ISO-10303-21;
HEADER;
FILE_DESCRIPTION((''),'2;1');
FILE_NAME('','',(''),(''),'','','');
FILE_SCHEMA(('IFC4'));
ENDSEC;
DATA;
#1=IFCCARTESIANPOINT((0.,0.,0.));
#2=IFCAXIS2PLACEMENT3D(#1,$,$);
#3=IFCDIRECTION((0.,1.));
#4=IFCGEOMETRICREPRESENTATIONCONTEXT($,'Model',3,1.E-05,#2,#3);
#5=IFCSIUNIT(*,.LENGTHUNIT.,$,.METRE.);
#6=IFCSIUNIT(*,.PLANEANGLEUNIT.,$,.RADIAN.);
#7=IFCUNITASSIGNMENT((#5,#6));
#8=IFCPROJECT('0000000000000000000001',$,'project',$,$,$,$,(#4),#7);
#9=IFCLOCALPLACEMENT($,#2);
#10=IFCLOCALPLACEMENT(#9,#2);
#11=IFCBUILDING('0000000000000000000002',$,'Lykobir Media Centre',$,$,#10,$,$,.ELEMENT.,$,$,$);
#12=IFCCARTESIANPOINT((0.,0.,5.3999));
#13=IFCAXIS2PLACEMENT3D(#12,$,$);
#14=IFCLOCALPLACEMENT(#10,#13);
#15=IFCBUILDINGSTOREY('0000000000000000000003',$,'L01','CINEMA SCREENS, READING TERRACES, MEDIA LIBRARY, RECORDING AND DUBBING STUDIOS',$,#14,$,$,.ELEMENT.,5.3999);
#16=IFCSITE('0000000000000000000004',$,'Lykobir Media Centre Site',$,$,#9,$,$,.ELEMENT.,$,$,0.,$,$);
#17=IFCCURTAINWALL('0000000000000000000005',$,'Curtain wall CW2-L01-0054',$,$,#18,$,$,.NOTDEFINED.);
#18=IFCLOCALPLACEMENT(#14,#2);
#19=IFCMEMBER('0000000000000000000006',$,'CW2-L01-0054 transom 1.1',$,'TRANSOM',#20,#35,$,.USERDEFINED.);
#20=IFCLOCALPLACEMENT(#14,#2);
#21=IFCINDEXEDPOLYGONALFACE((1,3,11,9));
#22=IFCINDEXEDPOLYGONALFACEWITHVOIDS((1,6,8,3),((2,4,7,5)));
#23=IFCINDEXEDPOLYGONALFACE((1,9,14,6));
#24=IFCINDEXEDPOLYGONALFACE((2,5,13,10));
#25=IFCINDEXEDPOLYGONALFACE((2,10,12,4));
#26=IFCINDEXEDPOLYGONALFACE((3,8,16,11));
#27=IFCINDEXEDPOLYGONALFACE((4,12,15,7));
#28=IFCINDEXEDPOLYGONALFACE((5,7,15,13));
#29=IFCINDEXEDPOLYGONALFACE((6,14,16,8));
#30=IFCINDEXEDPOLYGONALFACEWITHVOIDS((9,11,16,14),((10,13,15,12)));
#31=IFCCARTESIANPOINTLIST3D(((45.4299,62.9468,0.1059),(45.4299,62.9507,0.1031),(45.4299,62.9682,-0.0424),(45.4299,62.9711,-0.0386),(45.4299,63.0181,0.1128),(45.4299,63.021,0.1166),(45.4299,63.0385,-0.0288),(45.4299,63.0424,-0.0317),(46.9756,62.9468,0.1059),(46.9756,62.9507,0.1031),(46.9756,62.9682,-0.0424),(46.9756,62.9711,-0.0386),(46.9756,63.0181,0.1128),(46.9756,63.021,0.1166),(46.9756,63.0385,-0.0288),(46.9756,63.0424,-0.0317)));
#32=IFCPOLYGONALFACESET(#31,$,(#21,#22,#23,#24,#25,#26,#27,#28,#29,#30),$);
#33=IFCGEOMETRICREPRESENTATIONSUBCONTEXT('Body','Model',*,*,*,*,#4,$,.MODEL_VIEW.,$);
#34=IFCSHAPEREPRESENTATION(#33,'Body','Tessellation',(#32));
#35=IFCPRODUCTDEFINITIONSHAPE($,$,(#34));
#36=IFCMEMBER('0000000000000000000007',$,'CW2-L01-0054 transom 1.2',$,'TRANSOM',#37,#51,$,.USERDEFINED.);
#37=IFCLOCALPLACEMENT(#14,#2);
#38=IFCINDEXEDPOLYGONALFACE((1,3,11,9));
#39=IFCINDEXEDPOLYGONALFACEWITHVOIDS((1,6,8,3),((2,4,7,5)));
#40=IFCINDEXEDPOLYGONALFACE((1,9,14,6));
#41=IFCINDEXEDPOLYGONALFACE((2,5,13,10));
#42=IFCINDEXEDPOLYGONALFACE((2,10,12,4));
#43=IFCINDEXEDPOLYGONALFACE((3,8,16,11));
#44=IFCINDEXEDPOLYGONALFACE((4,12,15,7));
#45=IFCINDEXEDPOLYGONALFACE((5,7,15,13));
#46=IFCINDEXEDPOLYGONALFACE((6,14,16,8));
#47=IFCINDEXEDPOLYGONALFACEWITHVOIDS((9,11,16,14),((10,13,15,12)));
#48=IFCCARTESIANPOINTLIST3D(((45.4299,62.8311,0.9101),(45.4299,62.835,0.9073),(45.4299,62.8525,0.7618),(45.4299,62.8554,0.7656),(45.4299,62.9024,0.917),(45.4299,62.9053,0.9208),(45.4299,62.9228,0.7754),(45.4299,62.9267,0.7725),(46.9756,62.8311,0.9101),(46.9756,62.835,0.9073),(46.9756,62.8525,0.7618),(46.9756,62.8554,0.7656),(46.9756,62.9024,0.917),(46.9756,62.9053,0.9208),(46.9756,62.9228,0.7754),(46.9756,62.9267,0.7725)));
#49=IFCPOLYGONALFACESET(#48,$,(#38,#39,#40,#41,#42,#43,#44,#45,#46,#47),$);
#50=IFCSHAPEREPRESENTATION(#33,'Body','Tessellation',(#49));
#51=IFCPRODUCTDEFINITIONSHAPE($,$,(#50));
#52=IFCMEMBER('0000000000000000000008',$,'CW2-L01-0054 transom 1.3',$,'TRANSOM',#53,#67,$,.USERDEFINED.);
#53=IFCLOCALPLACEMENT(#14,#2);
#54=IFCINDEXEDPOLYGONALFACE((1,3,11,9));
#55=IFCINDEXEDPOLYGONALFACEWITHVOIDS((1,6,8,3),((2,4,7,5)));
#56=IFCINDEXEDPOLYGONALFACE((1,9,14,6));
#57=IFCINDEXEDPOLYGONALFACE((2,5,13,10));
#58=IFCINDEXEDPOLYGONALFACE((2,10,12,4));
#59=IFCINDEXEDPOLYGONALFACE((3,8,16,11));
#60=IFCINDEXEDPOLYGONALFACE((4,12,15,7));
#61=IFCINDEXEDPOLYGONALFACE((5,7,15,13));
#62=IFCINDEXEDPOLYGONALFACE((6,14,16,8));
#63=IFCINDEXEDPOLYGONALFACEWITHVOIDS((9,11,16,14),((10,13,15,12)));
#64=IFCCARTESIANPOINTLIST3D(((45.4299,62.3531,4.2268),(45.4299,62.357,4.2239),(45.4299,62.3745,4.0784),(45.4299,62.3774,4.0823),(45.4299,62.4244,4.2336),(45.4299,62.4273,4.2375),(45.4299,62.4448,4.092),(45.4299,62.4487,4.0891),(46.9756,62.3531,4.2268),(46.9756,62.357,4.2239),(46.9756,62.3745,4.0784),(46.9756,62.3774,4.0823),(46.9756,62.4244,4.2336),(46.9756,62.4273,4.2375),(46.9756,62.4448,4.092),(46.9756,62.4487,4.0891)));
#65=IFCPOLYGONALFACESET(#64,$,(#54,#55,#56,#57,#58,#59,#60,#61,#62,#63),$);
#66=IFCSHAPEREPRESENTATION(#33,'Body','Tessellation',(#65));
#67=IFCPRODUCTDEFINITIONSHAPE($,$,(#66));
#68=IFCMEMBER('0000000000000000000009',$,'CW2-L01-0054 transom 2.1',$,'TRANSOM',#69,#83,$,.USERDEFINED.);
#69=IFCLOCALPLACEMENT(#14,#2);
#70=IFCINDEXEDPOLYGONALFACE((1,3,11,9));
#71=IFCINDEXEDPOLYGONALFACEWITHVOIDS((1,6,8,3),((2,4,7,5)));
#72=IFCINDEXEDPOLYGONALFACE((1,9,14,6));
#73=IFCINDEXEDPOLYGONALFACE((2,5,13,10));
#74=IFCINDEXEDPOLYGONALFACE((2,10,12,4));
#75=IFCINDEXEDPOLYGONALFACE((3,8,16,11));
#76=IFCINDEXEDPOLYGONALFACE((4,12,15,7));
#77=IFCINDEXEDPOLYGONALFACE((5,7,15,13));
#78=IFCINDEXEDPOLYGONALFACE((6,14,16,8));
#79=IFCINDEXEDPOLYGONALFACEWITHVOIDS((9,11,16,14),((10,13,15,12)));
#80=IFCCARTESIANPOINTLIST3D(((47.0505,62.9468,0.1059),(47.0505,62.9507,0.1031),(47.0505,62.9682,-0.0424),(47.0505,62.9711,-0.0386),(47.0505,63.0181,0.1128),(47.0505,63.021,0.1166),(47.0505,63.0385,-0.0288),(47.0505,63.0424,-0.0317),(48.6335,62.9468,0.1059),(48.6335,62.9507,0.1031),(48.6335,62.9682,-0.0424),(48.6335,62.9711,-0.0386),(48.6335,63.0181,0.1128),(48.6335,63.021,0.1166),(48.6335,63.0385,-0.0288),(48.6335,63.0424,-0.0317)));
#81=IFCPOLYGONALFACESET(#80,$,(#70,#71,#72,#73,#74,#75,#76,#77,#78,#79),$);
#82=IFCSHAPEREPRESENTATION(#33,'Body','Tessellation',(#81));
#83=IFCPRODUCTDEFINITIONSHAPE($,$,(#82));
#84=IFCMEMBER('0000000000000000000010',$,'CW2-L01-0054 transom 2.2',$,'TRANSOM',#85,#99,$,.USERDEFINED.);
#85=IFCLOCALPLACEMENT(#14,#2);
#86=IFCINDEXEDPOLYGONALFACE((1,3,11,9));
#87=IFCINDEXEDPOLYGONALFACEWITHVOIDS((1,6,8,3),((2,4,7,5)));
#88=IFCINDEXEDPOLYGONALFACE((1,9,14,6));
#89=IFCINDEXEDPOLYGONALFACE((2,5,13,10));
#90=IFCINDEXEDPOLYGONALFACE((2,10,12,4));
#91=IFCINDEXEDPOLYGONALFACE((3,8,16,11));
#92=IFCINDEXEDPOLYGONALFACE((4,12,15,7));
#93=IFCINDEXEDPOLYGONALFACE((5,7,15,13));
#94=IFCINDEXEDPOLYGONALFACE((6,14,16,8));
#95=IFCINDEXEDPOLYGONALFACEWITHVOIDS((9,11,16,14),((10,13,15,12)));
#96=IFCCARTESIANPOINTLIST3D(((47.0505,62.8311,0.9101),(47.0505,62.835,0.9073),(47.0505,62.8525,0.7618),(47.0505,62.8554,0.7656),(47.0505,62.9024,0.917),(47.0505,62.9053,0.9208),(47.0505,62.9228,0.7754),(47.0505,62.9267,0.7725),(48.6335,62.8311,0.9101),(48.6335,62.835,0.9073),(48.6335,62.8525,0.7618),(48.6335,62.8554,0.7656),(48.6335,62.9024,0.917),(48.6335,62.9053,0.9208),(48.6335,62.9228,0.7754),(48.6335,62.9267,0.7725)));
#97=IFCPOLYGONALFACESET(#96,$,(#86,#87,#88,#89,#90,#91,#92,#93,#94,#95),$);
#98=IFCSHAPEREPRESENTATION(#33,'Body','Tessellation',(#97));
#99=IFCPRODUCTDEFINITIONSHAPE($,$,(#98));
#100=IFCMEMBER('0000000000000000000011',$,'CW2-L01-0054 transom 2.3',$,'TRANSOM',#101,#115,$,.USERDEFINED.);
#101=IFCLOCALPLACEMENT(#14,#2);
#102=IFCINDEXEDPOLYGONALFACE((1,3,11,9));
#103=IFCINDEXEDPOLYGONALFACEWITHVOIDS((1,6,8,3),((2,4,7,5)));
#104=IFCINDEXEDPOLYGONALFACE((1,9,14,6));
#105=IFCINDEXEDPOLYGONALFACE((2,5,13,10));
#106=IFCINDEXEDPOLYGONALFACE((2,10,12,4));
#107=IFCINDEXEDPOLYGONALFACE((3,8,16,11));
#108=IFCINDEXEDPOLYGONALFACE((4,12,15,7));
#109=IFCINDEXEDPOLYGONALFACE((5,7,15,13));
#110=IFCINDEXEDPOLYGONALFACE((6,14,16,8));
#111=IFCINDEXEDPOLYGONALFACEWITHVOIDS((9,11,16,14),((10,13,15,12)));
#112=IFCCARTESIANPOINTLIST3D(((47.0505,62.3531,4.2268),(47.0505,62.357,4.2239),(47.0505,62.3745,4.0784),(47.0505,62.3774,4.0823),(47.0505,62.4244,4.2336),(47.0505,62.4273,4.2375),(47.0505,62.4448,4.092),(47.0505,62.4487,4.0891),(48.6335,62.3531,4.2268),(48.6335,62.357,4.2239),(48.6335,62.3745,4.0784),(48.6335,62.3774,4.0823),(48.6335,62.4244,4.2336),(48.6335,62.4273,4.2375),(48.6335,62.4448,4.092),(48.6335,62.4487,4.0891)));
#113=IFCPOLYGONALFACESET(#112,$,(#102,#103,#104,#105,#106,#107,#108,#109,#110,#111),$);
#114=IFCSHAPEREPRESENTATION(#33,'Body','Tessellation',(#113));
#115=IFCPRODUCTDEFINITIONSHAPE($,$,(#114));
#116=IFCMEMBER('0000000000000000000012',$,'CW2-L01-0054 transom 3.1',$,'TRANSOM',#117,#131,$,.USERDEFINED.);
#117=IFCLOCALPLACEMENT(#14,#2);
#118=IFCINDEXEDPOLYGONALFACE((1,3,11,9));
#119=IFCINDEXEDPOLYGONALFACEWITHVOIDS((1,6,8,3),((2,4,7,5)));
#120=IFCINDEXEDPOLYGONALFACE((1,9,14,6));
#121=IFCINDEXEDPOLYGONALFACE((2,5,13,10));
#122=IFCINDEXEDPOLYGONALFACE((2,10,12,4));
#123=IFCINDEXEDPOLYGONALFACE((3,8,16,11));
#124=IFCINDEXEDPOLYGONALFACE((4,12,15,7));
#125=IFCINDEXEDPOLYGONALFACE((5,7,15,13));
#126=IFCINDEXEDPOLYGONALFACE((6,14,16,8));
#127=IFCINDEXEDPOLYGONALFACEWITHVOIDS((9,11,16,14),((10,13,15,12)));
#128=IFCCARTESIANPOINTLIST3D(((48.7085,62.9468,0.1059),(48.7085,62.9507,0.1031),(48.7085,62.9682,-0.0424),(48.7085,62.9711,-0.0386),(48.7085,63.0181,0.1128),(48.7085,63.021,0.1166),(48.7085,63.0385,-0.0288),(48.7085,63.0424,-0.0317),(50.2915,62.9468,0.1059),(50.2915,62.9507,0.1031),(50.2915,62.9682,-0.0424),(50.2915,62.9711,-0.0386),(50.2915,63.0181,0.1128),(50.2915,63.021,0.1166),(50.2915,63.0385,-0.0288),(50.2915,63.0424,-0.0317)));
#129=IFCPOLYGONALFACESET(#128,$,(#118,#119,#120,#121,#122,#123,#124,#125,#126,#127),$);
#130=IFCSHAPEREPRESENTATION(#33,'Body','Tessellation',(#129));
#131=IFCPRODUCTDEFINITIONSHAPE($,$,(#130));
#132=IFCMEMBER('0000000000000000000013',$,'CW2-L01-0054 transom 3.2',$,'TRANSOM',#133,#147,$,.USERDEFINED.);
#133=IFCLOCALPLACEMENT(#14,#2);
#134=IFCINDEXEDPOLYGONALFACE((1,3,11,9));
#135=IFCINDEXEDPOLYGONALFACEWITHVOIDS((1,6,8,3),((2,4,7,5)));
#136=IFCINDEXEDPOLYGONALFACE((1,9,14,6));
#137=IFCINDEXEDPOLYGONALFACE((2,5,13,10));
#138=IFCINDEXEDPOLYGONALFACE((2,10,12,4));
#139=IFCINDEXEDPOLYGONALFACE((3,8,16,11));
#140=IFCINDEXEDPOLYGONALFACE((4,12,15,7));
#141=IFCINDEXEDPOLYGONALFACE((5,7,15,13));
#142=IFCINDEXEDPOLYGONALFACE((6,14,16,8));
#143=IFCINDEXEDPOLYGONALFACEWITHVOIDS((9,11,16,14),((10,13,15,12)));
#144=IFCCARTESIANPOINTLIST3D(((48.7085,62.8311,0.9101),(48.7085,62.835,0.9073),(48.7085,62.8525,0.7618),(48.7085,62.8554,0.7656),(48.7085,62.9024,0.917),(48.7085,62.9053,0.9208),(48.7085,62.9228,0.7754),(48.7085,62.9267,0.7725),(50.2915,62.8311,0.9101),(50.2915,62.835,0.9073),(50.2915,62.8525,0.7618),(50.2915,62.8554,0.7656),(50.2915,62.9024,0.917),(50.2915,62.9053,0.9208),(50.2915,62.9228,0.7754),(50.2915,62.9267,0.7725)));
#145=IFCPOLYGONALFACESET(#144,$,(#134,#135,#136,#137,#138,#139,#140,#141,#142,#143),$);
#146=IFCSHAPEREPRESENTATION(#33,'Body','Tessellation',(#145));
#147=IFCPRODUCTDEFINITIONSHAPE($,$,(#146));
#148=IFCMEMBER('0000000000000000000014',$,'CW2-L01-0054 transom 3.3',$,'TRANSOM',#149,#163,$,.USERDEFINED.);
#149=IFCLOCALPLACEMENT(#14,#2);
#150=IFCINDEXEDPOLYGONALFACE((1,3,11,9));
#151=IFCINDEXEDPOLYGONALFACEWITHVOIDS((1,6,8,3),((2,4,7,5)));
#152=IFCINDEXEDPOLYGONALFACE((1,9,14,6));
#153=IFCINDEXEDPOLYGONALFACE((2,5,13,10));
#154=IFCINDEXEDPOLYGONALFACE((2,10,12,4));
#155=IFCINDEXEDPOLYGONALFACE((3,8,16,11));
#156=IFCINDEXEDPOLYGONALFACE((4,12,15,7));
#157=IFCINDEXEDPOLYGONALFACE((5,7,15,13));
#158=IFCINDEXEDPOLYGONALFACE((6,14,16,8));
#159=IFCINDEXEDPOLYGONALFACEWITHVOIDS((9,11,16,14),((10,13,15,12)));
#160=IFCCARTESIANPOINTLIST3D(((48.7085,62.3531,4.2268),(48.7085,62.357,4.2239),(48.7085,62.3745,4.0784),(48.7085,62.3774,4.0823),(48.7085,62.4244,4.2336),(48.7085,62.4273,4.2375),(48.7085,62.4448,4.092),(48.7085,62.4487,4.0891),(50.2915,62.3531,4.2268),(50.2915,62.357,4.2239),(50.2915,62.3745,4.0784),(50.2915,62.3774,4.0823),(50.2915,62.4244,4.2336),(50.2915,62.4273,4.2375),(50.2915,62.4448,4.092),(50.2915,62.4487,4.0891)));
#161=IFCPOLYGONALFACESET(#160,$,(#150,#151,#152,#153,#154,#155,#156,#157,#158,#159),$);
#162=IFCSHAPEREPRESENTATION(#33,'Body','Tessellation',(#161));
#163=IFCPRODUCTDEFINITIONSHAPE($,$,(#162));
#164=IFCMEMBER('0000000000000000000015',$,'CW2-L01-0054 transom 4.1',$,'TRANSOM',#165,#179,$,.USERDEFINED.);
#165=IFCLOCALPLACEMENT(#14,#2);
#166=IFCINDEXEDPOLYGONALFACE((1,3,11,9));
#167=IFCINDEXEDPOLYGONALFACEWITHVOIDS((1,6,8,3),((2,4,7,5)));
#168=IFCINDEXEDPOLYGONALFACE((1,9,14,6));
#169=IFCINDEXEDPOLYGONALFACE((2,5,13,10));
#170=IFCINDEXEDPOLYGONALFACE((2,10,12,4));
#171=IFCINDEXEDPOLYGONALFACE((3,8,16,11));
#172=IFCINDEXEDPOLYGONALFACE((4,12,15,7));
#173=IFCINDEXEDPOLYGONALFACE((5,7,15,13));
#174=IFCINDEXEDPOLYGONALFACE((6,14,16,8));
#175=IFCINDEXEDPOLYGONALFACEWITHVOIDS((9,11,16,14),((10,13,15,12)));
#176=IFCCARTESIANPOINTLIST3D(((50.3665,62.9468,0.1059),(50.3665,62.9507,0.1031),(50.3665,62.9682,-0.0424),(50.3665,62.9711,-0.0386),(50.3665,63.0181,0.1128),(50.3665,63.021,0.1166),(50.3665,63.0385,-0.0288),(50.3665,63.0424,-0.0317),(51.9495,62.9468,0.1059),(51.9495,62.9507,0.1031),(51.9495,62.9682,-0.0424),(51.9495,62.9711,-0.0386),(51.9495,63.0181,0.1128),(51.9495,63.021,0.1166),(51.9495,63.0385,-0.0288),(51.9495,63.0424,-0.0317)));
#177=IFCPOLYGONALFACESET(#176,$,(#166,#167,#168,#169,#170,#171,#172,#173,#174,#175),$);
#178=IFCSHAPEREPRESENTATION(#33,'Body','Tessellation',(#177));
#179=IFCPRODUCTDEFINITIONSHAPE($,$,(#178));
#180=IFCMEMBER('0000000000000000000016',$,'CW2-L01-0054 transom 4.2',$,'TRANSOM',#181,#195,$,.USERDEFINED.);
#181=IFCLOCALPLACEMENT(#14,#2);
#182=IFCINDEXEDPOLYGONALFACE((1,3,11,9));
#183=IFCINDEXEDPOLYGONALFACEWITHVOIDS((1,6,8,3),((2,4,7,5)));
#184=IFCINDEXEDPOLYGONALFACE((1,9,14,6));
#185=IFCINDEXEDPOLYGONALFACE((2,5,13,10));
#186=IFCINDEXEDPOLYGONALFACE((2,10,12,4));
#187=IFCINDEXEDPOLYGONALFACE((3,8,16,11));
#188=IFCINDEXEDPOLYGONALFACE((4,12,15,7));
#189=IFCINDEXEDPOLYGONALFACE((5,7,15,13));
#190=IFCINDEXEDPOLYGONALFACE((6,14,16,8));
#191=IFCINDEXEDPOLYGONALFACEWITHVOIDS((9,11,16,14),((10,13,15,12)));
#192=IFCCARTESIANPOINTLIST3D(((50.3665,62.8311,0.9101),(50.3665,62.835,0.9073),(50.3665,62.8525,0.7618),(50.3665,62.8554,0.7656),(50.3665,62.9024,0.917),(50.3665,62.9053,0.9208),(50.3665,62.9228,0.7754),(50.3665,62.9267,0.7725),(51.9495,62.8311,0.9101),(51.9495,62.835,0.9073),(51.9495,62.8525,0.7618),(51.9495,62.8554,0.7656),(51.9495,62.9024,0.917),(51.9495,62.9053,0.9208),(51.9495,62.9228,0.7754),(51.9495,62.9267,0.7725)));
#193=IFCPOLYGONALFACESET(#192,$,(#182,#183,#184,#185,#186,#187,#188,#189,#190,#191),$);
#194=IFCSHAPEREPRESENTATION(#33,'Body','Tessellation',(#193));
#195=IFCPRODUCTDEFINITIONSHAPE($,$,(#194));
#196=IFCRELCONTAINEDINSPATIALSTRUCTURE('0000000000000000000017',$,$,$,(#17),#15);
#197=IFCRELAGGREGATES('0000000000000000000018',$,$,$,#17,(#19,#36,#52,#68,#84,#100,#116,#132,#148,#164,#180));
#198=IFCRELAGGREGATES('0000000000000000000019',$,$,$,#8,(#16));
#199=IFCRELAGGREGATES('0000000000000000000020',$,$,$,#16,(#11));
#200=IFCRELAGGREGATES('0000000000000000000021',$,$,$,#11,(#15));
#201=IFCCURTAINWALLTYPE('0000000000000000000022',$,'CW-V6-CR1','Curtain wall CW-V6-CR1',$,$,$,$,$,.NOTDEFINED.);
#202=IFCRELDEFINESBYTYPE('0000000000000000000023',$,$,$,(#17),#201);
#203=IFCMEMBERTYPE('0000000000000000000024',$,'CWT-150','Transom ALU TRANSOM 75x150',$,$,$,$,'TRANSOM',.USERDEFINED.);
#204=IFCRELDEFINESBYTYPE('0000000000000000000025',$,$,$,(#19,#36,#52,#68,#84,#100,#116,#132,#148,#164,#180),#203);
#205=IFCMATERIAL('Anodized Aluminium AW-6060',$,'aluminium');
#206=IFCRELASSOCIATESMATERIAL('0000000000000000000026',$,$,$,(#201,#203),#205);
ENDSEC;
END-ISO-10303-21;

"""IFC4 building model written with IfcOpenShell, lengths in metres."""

from ifc_helpers import new_model, si_unit, direction, frame, origin, origin_2d, place, context, subcontext, project, spatial, hollow_rectangle, extrude, material, material_profile, profile_set, type_object, element, aggregate, save


model = new_model("IFC4")

# Units and contexts
model_context = context("Model", 3, precision=1e-05, world=origin(), true_north=direction((0.0, 1.0)))
body_context = subcontext(model_context, "Body", "Model", "MODEL_VIEW")
ifc_project = project(units=[si_unit("LENGTHUNIT", "METRE"), si_unit("PLANEANGLEUNIT", "RADIAN")], contexts=[model_context])

# Site, building, storey
site_placement = place(None, origin())
site = spatial("IfcSite", under=ifc_project, at=site_placement, Name="Lykobir Media Centre Site", CompositionType="ELEMENT", RefElevation=0.0)
building_placement = place(site_placement, origin())
building = spatial("IfcBuilding", under=site, at=building_placement, Name="Lykobir Media Centre", CompositionType="ELEMENT")
storey_placement = place(building_placement, frame((0.0, 0.0, 5.3999)))
storey = spatial("IfcBuildingStorey", under=building, at=storey_placement, Name="L01", Description="CINEMA SCREENS, READING TERRACES, MEDIA LIBRARY, RECORDING AND DUBBING STUDIOS", CompositionType="ELEMENT", Elevation=5.3999)

# Curtain wall, members
ifc_material_1 = material(Name="Anodized Aluminium AW-6060", Category="aluminium")
curtain_wall_type = type_object("IfcCurtainWallType", Name="CW-V6-CR1", Description="Curtain wall CW-V6-CR1", PredefinedType="NOTDEFINED", material=ifc_material_1)
curtain_wall_1_placement = place(storey_placement, origin())
curtain_wall_1 = element("IfcCurtainWall", 1, at=curtain_wall_1_placement, inside=storey, type_object=curtain_wall_type, Name="Curtain wall CW2-L01-0054", PredefinedType="NOTDEFINED")
ifc_material_profile = material_profile(ifc_material_1, hollow_rectangle(XDim=0.075, YDim=0.1499, WallThickness=0.0034, at=origin_2d()), Name="ALU TRANSOM 75x150")
ifc_profile_set = profile_set([ifc_material_profile], Name="Anodized Aluminium AW-6060")
member_type = type_object("IfcMemberType", Name="CWT-150", Description="Transom ALU TRANSOM 75x150", ElementType="TRANSOM", PredefinedType="USERDEFINED", material=ifc_profile_set)
member_1_placement = place(storey_placement, frame((45.4299, 62.9946, 0.0371), z_axis=(1.0, 0.0, 0.0), x_axis=(0.0, 0.989776, 0.142629)))
member_1 = element("IfcMember", 2, at=member_1_placement, type_object=member_type, Name="CW2-L01-0054 transom 1.1", ObjectType="TRANSOM", PredefinedType="USERDEFINED", context=body_context, shape_type="SweptSolid", body=[
    extrude(hollow_rectangle(XDim=0.075, YDim=0.1499, WallThickness=0.0034, at=origin_2d()), origin(), (0.0, 0.0, 1.0), 1.5457),
])
member_2_placement = place(storey_placement, frame((45.4299, 62.8789, 0.8413), z_axis=(1.0, 0.0, 0.0), x_axis=(0.0, 0.989776, 0.142629)))
member_2 = element("IfcMember", 3, at=member_2_placement, type_object=member_type, Name="CW2-L01-0054 transom 1.2", ObjectType="TRANSOM", PredefinedType="USERDEFINED", context=body_context, shape_type="SweptSolid", body=[
    extrude(hollow_rectangle(XDim=0.075, YDim=0.1499, WallThickness=0.0034, at=origin_2d()), origin(), (0.0, 0.0, 1.0), 1.5457),
])
member_3_placement = place(storey_placement, frame((45.4299, 62.4009, 4.158), z_axis=(1.0, 0.0, 0.0), x_axis=(0.0, 0.989776, 0.142629)))
member_3 = element("IfcMember", 4, at=member_3_placement, type_object=member_type, Name="CW2-L01-0054 transom 1.3", ObjectType="TRANSOM", PredefinedType="USERDEFINED", context=body_context, shape_type="SweptSolid", body=[
    extrude(hollow_rectangle(XDim=0.075, YDim=0.1499, WallThickness=0.0034, at=origin_2d()), origin(), (0.0, 0.0, 1.0), 1.5457),
])
member_4_placement = place(storey_placement, frame((47.0505, 62.9946, 0.0371), z_axis=(1.0, 0.0, 0.0), x_axis=(0.0, 0.989776, 0.142629)))
member_4 = element("IfcMember", 5, at=member_4_placement, type_object=member_type, Name="CW2-L01-0054 transom 2.1", ObjectType="TRANSOM", PredefinedType="USERDEFINED", context=body_context, shape_type="SweptSolid", body=[
    extrude(hollow_rectangle(XDim=0.075, YDim=0.1499, WallThickness=0.0034, at=origin_2d()), origin(), (0.0, 0.0, 1.0), 1.583),
])
member_5_placement = place(storey_placement, frame((47.0505, 62.8789, 0.8413), z_axis=(1.0, 0.0, 0.0), x_axis=(0.0, 0.989776, 0.142629)))
member_5 = element("IfcMember", 6, at=member_5_placement, type_object=member_type, Name="CW2-L01-0054 transom 2.2", ObjectType="TRANSOM", PredefinedType="USERDEFINED", context=body_context, shape_type="SweptSolid", body=[
    extrude(hollow_rectangle(XDim=0.075, YDim=0.1499, WallThickness=0.0034, at=origin_2d()), origin(), (0.0, 0.0, 1.0), 1.583),
])
member_6_placement = place(storey_placement, frame((47.0505, 62.4009, 4.158), z_axis=(1.0, 0.0, 0.0), x_axis=(0.0, 0.989776, 0.142629)))
member_6 = element("IfcMember", 7, at=member_6_placement, type_object=member_type, Name="CW2-L01-0054 transom 2.3", ObjectType="TRANSOM", PredefinedType="USERDEFINED", context=body_context, shape_type="SweptSolid", body=[
    extrude(hollow_rectangle(XDim=0.075, YDim=0.1499, WallThickness=0.0034, at=origin_2d()), origin(), (0.0, 0.0, 1.0), 1.583),
])
member_7_placement = place(storey_placement, frame((48.7085, 62.9946, 0.0371), z_axis=(1.0, 0.0, 0.0), x_axis=(0.0, 0.989776, 0.142629)))
member_7 = element("IfcMember", 8, at=member_7_placement, type_object=member_type, Name="CW2-L01-0054 transom 3.1", ObjectType="TRANSOM", PredefinedType="USERDEFINED", context=body_context, shape_type="SweptSolid", body=[
    extrude(hollow_rectangle(XDim=0.075, YDim=0.1499, WallThickness=0.0034, at=origin_2d()), origin(), (0.0, 0.0, 1.0), 1.583),
])
member_8_placement = place(storey_placement, frame((48.7085, 62.8789, 0.8413), z_axis=(1.0, 0.0, 0.0), x_axis=(0.0, 0.989776, 0.142629)))
member_8 = element("IfcMember", 9, at=member_8_placement, type_object=member_type, Name="CW2-L01-0054 transom 3.2", ObjectType="TRANSOM", PredefinedType="USERDEFINED", context=body_context, shape_type="SweptSolid", body=[
    extrude(hollow_rectangle(XDim=0.075, YDim=0.1499, WallThickness=0.0034, at=origin_2d()), origin(), (0.0, 0.0, 1.0), 1.583),
])
member_9_placement = place(storey_placement, frame((48.7085, 62.4009, 4.158), z_axis=(1.0, 0.0, 0.0), x_axis=(0.0, 0.989776, 0.142629)))
member_9 = element("IfcMember", 10, at=member_9_placement, type_object=member_type, Name="CW2-L01-0054 transom 3.3", ObjectType="TRANSOM", PredefinedType="USERDEFINED", context=body_context, shape_type="SweptSolid", body=[
    extrude(hollow_rectangle(XDim=0.075, YDim=0.1499, WallThickness=0.0034, at=origin_2d()), origin(), (0.0, 0.0, 1.0), 1.583),
])
member_10_placement = place(storey_placement, frame((50.3665, 62.9946, 0.0371), z_axis=(1.0, 0.0, 0.0), x_axis=(0.0, 0.989776, 0.142629)))
member_10 = element("IfcMember", 11, at=member_10_placement, type_object=member_type, Name="CW2-L01-0054 transom 4.1", ObjectType="TRANSOM", PredefinedType="USERDEFINED", context=body_context, shape_type="SweptSolid", body=[
    extrude(hollow_rectangle(XDim=0.075, YDim=0.1499, WallThickness=0.0034, at=origin_2d()), origin(), (0.0, 0.0, 1.0), 1.583),
])
member_11_placement = place(storey_placement, frame((50.3665, 62.8789, 0.8413), z_axis=(1.0, 0.0, 0.0), x_axis=(0.0, 0.989776, 0.142629)))
member_11 = element("IfcMember", 12, at=member_11_placement, type_object=member_type, Name="CW2-L01-0054 transom 4.2", ObjectType="TRANSOM", PredefinedType="USERDEFINED", context=body_context, shape_type="SweptSolid", body=[
    extrude(hollow_rectangle(XDim=0.075, YDim=0.1499, WallThickness=0.0034, at=origin_2d()), origin(), (0.0, 0.0, 1.0), 1.583),
])

aggregate(curtain_wall_1, [member_1, member_2, member_3, member_4, member_5, member_6, member_7, member_8, member_9, member_10, member_11])

save(model, "model.ifc")
